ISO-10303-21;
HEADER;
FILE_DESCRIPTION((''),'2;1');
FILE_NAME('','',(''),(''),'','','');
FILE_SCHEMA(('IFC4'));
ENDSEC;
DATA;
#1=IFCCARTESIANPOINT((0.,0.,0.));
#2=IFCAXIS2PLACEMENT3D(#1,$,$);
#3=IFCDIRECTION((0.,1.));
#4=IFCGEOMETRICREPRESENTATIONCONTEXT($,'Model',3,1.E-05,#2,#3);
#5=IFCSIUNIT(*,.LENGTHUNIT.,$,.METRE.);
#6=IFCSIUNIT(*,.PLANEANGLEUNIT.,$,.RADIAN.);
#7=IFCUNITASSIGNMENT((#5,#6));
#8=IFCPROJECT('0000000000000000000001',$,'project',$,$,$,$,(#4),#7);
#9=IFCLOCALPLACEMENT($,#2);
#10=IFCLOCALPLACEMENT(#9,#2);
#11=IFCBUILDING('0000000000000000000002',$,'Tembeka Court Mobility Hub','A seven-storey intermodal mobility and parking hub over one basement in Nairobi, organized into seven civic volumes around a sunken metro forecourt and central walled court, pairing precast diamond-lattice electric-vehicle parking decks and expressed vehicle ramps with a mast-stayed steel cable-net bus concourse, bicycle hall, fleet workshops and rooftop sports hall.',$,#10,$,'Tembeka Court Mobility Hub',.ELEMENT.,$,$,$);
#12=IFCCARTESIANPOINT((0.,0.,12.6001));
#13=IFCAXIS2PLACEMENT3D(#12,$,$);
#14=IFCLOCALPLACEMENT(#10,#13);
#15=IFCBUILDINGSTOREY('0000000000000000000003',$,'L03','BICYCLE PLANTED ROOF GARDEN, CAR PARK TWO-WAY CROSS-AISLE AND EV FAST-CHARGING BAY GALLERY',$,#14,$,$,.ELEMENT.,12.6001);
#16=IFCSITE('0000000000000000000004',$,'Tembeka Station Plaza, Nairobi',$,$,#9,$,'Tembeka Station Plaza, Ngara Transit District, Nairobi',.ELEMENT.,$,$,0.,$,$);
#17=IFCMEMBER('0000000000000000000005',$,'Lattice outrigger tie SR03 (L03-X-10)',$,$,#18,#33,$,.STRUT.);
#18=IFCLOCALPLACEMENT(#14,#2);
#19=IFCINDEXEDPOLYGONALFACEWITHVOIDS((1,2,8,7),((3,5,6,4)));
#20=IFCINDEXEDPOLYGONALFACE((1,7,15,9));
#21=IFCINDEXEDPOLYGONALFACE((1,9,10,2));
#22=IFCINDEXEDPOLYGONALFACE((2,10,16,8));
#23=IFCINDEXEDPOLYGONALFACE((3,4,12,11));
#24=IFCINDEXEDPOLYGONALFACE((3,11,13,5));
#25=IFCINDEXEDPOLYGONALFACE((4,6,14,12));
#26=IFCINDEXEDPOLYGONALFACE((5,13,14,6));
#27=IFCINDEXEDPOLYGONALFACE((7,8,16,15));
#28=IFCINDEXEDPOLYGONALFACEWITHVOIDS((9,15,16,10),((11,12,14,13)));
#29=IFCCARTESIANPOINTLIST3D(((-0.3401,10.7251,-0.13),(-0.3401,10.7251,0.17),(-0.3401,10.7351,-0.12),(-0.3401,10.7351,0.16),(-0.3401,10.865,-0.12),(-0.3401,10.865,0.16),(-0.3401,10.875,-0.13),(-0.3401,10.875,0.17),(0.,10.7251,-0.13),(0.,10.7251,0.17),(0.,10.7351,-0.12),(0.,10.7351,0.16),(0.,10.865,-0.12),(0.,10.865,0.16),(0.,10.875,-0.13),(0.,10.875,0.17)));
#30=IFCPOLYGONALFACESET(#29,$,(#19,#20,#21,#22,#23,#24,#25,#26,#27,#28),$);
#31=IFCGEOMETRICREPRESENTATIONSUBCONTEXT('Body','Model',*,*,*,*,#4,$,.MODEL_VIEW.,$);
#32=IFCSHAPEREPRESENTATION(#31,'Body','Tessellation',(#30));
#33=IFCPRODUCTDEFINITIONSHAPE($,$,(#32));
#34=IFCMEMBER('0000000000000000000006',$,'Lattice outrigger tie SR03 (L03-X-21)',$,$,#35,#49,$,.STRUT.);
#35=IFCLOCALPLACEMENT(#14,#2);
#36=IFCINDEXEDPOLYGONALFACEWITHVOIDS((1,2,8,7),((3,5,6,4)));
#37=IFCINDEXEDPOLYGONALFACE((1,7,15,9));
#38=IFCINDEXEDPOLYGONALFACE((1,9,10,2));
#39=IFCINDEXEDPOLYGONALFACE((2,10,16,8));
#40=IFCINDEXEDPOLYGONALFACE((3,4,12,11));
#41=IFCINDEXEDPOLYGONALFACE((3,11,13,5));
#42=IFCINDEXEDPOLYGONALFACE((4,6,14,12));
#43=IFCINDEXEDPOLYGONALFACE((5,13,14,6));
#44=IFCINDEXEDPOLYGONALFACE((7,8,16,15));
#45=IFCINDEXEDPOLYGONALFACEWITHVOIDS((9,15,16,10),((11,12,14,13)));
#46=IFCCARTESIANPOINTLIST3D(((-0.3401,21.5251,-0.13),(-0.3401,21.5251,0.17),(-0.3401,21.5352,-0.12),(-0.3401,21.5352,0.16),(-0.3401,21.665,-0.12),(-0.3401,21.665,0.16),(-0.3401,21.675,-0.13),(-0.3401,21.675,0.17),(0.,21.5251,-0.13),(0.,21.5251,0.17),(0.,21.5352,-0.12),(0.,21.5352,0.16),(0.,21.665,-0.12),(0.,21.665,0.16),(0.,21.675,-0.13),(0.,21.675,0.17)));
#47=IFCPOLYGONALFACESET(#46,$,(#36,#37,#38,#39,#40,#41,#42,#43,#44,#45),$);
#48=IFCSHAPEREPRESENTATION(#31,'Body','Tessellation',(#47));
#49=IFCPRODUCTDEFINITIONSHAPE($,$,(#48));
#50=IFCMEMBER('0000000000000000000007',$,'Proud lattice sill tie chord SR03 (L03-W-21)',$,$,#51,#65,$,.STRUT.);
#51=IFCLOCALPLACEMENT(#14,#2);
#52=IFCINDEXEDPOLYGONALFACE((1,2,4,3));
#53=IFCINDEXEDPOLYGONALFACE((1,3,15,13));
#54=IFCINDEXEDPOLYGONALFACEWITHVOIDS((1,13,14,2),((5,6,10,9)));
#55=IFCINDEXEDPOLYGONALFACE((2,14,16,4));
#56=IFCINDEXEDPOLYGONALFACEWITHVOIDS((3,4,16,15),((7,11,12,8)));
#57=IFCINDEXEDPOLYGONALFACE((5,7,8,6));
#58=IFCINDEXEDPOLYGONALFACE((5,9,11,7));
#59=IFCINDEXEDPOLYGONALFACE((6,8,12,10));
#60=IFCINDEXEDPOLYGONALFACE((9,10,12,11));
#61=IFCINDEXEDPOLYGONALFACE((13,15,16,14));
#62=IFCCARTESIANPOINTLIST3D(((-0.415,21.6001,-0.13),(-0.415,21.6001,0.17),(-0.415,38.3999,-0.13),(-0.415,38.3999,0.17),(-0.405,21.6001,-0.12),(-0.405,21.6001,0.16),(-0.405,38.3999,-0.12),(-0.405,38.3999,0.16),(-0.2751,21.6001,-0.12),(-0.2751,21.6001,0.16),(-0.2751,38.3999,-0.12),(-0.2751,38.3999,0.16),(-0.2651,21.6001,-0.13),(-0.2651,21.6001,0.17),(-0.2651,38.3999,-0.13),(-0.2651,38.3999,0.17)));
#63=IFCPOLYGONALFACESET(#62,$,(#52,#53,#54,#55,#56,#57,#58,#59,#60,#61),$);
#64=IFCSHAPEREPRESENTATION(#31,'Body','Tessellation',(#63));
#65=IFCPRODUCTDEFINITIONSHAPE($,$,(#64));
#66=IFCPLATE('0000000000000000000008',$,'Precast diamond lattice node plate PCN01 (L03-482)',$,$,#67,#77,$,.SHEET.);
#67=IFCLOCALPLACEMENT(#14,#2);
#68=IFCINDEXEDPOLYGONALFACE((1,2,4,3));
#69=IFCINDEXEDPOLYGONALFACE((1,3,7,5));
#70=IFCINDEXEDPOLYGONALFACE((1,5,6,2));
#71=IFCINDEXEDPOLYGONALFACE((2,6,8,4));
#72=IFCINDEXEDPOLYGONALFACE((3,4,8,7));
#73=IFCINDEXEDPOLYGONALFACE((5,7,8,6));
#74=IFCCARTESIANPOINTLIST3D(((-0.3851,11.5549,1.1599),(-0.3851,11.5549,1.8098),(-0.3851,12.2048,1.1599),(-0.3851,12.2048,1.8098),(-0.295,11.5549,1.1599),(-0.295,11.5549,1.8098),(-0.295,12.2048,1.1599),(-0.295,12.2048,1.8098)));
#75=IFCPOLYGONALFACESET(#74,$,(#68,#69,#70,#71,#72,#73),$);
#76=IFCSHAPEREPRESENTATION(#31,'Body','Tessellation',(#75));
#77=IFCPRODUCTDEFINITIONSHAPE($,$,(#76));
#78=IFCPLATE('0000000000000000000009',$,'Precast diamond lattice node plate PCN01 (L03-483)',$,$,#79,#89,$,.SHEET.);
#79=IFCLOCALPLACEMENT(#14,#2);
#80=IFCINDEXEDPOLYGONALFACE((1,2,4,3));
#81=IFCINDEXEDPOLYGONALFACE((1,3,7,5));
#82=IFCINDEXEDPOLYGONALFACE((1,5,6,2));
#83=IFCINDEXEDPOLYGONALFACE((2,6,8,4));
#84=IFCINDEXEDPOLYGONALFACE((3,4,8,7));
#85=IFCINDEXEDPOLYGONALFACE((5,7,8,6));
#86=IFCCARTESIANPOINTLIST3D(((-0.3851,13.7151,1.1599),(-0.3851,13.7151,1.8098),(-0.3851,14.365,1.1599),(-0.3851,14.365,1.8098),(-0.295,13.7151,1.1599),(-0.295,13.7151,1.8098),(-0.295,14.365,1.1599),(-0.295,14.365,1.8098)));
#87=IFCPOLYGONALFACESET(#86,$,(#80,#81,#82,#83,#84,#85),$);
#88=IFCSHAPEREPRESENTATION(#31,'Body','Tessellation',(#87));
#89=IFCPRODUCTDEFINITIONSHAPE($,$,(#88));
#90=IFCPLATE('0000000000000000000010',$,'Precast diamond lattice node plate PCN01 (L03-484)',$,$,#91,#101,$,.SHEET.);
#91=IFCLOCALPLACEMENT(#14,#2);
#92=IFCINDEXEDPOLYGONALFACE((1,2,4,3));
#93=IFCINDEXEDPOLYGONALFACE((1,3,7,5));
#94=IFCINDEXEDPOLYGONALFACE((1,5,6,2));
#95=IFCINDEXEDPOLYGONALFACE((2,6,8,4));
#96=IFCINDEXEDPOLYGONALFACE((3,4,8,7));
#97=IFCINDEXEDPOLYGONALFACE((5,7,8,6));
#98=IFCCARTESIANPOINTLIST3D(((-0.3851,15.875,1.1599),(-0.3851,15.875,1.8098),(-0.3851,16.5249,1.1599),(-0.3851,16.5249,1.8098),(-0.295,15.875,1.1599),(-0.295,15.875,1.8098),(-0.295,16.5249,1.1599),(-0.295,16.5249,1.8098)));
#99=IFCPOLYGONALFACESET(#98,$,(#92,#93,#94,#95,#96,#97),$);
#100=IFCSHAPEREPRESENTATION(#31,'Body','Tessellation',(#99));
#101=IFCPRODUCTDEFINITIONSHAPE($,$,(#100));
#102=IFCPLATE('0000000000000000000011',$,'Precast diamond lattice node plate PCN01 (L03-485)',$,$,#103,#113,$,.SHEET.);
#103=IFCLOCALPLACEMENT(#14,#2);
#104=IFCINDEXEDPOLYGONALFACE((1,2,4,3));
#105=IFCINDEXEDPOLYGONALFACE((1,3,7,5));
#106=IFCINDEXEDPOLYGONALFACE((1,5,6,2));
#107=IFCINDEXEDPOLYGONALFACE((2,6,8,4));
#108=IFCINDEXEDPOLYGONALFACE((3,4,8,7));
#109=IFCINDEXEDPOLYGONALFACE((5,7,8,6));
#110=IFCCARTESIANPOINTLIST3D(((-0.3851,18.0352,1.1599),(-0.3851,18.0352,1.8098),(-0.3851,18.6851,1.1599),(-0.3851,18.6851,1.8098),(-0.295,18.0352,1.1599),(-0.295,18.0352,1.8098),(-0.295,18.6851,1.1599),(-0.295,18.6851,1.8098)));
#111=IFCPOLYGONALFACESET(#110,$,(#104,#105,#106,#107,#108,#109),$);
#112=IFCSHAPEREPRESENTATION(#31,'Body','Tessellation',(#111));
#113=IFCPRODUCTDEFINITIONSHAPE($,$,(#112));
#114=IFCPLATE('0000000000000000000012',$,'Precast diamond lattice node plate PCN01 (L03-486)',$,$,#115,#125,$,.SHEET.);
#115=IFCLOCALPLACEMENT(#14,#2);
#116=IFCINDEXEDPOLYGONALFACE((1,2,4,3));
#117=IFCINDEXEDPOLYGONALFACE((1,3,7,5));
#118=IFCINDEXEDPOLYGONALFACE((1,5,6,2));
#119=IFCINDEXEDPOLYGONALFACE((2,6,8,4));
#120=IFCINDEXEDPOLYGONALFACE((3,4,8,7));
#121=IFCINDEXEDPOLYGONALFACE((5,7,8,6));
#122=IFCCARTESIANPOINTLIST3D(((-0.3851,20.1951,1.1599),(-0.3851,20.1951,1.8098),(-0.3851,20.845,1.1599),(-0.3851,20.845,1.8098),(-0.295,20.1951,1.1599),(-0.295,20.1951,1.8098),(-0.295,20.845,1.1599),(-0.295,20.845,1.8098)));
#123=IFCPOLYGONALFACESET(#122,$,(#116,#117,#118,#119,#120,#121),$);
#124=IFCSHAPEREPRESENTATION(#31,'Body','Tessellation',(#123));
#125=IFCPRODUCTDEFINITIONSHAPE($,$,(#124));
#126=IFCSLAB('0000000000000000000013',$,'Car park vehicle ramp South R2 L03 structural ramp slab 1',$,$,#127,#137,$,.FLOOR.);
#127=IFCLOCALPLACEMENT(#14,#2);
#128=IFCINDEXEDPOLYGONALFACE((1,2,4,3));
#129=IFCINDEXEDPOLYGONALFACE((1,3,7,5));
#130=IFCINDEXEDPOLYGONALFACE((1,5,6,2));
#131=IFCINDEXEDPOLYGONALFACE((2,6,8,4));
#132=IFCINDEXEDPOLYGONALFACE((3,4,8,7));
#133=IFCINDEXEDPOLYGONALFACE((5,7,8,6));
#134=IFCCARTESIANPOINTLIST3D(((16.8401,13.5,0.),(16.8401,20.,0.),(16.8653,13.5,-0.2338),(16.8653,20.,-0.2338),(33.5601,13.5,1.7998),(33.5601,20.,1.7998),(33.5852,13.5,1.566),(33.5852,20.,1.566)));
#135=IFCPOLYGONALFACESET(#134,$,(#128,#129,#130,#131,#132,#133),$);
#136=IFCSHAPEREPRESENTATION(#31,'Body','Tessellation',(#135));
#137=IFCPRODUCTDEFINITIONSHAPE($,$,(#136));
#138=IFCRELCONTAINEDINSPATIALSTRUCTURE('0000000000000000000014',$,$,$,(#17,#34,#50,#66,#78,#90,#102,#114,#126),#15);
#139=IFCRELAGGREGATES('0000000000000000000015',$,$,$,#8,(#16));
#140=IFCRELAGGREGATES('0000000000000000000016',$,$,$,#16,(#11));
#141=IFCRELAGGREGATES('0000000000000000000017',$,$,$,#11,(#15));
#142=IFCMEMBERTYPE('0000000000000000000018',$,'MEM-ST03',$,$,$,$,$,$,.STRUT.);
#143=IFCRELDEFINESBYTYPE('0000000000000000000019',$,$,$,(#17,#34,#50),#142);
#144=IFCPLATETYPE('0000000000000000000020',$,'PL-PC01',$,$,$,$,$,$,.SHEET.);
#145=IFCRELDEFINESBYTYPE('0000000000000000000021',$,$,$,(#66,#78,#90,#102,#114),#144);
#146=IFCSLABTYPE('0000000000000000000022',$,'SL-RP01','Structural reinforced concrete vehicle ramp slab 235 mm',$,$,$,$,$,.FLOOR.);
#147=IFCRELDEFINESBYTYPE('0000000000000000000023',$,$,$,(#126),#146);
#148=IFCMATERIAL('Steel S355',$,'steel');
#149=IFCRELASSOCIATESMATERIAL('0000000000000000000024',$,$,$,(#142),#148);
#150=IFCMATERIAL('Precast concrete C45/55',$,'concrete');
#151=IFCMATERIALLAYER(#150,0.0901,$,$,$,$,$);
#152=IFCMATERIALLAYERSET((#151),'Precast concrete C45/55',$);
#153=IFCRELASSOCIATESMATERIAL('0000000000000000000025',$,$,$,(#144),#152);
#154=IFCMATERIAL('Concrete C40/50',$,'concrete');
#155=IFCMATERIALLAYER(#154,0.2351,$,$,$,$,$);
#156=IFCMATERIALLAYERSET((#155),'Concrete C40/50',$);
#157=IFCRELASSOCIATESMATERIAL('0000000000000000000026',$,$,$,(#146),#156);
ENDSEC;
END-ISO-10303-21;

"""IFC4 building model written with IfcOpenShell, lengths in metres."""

from ifc_helpers import new_model, si_unit, direction, frame, origin, origin_2d, place, context, subcontext, project, spatial, polyline, rectangle, hollow_rectangle, outline, extrude, material, layer, layer_set, material_profile, profile_set, type_object, element, save


model = new_model("IFC4")

# Units and contexts
model_context = context("Model", 3, precision=1e-05, world=origin(), true_north=direction((0.0, 1.0)))
body_context = subcontext(model_context, "Body", "Model", "MODEL_VIEW")
ifc_project = project(units=[si_unit("LENGTHUNIT", "METRE"), si_unit("PLANEANGLEUNIT", "RADIAN")], contexts=[model_context])

# Site, building, storey
site_placement = place(None, origin())
site = spatial("IfcSite", under=ifc_project, at=site_placement, Name="Tembeka Station Plaza, Nairobi", LongName="Tembeka Station Plaza, Ngara Transit District, Nairobi", CompositionType="ELEMENT", RefElevation=0.0)
building_placement = place(site_placement, origin())
building = spatial("IfcBuilding", under=site, at=building_placement, Name="Tembeka Court Mobility Hub", Description="A seven-storey intermodal mobility and parking hub over one basement in Nairobi, organized into seven civic volumes around a sunken metro forecourt and central walled court, pairing precast diamond-lattice electric-vehicle parking decks and expressed vehicle ramps with a mast-stayed steel cable-net bus concourse, bicycle hall, fleet workshops and rooftop sports hall.", LongName="Tembeka Court Mobility Hub", CompositionType="ELEMENT")
storey_placement = place(building_placement, frame((0.0, 0.0, 12.6001)))
storey = spatial("IfcBuildingStorey", under=building, at=storey_placement, Name="L03", Description="BICYCLE PLANTED ROOF GARDEN, CAR PARK TWO-WAY CROSS-AISLE AND EV FAST-CHARGING BAY GALLERY", CompositionType="ELEMENT", Elevation=12.6001)

# Shared definitions
ifc_material_1 = material(Name="Steel S355", Category="steel")

# Members
ifc_material_2 = material(Name="Precast concrete C45/55", Category="concrete")
ifc_material_profile_1 = material_profile(ifc_material_1, hollow_rectangle(XDim=0.1499, YDim=0.3, WallThickness=0.01, at=origin_2d()), Name="RHS 300x150x10")
ifc_profile_set_1 = profile_set([ifc_material_profile_1], Name="Steel S355")
member_type_1 = type_object("IfcMemberType", Name="MEM-ST03", PredefinedType="STRUT", material=ifc_profile_set_1)
for number, where, z_axis, x_axis, name in (
    (1, (0.0, 10.8, 0.02), (-1.0, 0.0, 0.0), (0.0, -1.0, 0.0), "Lattice outrigger tie SR03 (L03-X-10)"),
    (2, (0.0, 21.6001, 0.02), (-1.0, 0.0, 0.0), (0.0, -1.0, 0.0), "Lattice outrigger tie SR03 (L03-X-21)"),
):
    element("IfcMember", number, at=place(storey_placement, frame(where, z_axis=z_axis, x_axis=x_axis)), inside=storey, type_object=member_type_1, Name=name, PredefinedType="STRUT", context=body_context, shape_type="SweptSolid", body=[
        extrude(hollow_rectangle(XDim=0.1499, YDim=0.3, WallThickness=0.01, at=origin_2d()), origin(), (0.0, 0.0, 1.0), 0.3401),
    ])
member_1_placement = place(storey_placement, frame((-0.3401, 21.6001, 0.02), z_axis=(0.0, 1.0, 0.0), x_axis=(-1.0, 0.0, 0.0)))
element("IfcMember", 3, at=member_1_placement, inside=storey, type_object=member_type_1, Name="Proud lattice sill tie chord SR03 (L03-W-21)", PredefinedType="STRUT", context=body_context, shape_type="SweptSolid", body=[
    extrude(hollow_rectangle(XDim=0.1499, YDim=0.3, WallThickness=0.01, at=origin_2d()), origin(), (0.0, 0.0, 1.0), 16.7998),
])

# Plates
ifc_layer_1 = layer(ifc_material_2, 0.0901)
ifc_layer_set_1 = layer_set([ifc_layer_1], Name="Precast concrete C45/55")
plate_type = type_object("IfcPlateType", Name="PL-PC01", PredefinedType="SHEET", material=ifc_layer_set_1)
for number, where, z_axis, x_axis, name in (
    (4, (-0.3401, 11.8799, 1.1599), (0.0, 0.0, 1.0), (1.0, 0.0, 0.0), "Precast diamond lattice node plate PCN01 (L03-482)"),
    (5, (-0.3401, 14.04, 1.1599), (0.0, 0.0, 1.0), (1.0, 0.0, 0.0), "Precast diamond lattice node plate PCN01 (L03-483)"),
    (6, (-0.3401, 16.2, 1.1599), (0.0, 0.0, 1.0), (1.0, 0.0, 0.0), "Precast diamond lattice node plate PCN01 (L03-484)"),
    (7, (-0.3401, 18.3601, 1.1599), (0.0, 0.0, 1.0), (1.0, 0.0, 0.0), "Precast diamond lattice node plate PCN01 (L03-485)"),
    (8, (-0.3401, 20.52, 1.1599), (0.0, 0.0, 1.0), (1.0, 0.0, 0.0), "Precast diamond lattice node plate PCN01 (L03-486)"),
):
    element("IfcPlate", number, at=place(storey_placement, frame(where, z_axis=z_axis, x_axis=x_axis)), inside=storey, type_object=plate_type, Name=name, PredefinedType="SHEET", context=body_context, shape_type="SweptSolid", body=[
        extrude(rectangle(XDim=0.0901, YDim=0.6499, at=origin_2d()), origin(), (0.0, 0.0, 1.0), 0.6499),
    ])

# Slab
ifc_material_3 = material(Name="Concrete C40/50", Category="concrete")
ifc_layer_2 = layer(ifc_material_3, 0.2351)
ifc_layer_set_2 = layer_set([ifc_layer_2], Name="Concrete C40/50")
slab_type = type_object("IfcSlabType", Name="SL-RP01", Description="Structural reinforced concrete vehicle ramp slab 235 mm", PredefinedType="FLOOR", material=ifc_layer_set_2)
slab_placement = place(storey_placement, frame((16.8401, 13.5, 0.0), z_axis=(-0.107026, 0.0, 0.994256), x_axis=(0.994256, 0.0, 0.107026)))
element("IfcSlab", 9, at=slab_placement, inside=storey, type_object=slab_type, Name="Car park vehicle ramp South R2 L03 structural ramp slab 1", PredefinedType="FLOOR", context=body_context, shape_type="SweptSolid", body=[
    extrude(outline(polyline([(0.0, 0.0), (16.8166, 0.0), (16.8166, 6.5), (0.0, 6.5), (0.0, 0.0)])), origin(), (0.0, 0.0, -1.0), 0.2351),
])

save(model, "model.ifc")
